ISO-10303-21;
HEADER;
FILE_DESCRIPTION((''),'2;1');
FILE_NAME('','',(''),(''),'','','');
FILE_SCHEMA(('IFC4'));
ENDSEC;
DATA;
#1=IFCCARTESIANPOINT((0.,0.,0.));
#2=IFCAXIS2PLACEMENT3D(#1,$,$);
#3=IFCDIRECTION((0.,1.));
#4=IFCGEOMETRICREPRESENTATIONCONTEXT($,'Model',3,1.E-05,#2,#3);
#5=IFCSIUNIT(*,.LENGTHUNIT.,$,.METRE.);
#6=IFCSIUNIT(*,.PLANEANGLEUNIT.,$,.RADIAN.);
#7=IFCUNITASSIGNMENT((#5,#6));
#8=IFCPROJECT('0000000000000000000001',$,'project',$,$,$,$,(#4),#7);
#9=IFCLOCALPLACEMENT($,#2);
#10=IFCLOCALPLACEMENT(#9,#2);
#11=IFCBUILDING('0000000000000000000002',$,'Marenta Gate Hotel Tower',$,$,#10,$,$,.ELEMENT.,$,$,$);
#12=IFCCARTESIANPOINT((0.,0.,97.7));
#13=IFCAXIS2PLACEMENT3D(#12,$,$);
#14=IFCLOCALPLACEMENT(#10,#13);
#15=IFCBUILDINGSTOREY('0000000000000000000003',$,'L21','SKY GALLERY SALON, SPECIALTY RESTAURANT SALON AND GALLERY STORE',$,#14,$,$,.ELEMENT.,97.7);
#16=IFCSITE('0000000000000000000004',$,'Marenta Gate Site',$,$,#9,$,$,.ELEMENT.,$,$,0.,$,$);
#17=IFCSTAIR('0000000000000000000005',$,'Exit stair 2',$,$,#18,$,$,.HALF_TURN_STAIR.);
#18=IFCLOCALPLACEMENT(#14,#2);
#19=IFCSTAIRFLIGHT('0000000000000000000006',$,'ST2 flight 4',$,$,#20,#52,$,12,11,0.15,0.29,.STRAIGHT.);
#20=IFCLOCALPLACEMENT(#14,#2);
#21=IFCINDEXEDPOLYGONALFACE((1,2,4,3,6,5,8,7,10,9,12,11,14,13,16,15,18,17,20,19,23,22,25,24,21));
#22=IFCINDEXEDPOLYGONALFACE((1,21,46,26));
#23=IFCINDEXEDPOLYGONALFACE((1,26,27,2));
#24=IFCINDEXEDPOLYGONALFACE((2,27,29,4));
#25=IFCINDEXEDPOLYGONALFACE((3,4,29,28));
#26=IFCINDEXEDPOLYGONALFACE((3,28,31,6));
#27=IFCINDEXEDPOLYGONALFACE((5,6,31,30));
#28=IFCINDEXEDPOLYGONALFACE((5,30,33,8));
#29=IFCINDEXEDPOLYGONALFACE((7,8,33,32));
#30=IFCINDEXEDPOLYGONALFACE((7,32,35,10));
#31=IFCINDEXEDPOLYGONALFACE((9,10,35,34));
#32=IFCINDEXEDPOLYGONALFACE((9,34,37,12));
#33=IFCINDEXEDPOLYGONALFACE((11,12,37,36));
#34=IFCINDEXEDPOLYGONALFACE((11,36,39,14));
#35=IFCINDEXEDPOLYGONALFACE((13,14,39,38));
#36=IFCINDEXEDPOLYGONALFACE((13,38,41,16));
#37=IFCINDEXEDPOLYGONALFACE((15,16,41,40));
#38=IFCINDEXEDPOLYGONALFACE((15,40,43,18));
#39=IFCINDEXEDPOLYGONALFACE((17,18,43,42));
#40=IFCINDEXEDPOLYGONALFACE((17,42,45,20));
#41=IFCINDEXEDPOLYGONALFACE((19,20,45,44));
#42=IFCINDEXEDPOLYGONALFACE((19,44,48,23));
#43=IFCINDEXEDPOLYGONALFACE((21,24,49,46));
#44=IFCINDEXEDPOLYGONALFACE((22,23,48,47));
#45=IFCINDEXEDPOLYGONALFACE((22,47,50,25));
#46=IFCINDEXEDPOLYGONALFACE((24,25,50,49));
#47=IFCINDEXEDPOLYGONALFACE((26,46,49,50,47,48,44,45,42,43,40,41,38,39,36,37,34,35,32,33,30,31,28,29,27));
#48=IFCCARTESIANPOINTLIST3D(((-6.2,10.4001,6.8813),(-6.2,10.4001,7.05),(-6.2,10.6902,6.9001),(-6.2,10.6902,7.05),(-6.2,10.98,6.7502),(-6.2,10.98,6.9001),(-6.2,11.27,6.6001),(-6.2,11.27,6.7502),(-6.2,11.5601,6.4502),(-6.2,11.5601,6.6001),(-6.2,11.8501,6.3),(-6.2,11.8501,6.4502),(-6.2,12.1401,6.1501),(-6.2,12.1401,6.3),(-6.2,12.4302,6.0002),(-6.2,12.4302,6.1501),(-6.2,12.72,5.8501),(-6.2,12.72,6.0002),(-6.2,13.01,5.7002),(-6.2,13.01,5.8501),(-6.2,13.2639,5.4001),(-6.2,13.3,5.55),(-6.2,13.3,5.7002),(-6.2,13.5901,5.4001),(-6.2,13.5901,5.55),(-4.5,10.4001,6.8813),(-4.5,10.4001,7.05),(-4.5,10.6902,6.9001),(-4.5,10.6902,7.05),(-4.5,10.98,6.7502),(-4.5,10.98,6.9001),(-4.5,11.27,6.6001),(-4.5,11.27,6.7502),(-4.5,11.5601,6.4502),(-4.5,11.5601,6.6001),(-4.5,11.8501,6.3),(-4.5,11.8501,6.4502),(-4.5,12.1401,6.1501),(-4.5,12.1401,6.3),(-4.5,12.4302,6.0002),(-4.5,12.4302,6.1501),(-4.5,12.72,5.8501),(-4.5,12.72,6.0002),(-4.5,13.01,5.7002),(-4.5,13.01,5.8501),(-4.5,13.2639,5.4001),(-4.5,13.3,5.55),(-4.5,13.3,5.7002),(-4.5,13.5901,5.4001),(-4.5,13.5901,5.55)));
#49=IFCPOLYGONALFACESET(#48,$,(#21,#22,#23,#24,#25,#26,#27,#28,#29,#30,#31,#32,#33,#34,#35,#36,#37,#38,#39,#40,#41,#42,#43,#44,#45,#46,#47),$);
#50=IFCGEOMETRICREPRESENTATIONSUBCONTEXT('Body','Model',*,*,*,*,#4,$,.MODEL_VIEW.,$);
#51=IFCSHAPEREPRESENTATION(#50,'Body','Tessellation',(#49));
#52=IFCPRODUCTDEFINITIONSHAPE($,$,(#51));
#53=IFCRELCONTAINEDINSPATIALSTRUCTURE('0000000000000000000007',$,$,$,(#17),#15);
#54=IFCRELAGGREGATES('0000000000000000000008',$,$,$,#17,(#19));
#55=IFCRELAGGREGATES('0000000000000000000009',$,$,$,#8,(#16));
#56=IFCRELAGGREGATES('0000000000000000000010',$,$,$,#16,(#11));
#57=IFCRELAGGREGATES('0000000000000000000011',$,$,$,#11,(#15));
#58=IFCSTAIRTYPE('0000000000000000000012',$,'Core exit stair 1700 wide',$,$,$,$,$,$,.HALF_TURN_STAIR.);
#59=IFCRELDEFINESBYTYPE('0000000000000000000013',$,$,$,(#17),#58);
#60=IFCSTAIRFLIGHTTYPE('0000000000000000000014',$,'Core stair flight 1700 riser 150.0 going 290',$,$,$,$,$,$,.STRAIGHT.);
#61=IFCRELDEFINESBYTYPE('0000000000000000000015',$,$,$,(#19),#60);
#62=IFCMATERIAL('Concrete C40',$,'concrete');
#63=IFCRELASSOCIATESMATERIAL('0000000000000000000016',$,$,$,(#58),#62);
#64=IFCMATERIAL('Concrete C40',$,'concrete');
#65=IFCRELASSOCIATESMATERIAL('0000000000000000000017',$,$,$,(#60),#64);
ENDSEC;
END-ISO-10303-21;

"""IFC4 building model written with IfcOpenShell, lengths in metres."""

from ifc_helpers import new_model, si_unit, direction, frame, origin, place, context, subcontext, project, spatial, polyline, outline, extrude, material, type_object, element, aggregate, save


model = new_model("IFC4")

# Units and contexts
model_context = context("Model", 3, precision=1e-05, world=origin(), true_north=direction((0.0, 1.0)))
body_context = subcontext(model_context, "Body", "Model", "MODEL_VIEW")
ifc_project = project(units=[si_unit("LENGTHUNIT", "METRE"), si_unit("PLANEANGLEUNIT", "RADIAN")], contexts=[model_context])

# Site, building, storey
site_placement = place(None, origin())
site = spatial("IfcSite", under=ifc_project, at=site_placement, Name="Marenta Gate Site", CompositionType="ELEMENT", RefElevation=0.0)
building_placement = place(site_placement, origin())
building = spatial("IfcBuilding", under=site, at=building_placement, Name="Marenta Gate Hotel Tower", CompositionType="ELEMENT")
storey_placement = place(building_placement, frame((0.0, 0.0, 97.7)))
storey = spatial("IfcBuildingStorey", under=building, at=storey_placement, Name="L21", Description="SKY GALLERY SALON, SPECIALTY RESTAURANT SALON AND GALLERY STORE", CompositionType="ELEMENT", Elevation=97.7)

# Stair, stair flight
ifc_material_1 = material(Name="Concrete C40", Category="concrete")
stair_type = type_object("IfcStairType", Name="Core exit stair 1700 wide", PredefinedType="HALF_TURN_STAIR", material=ifc_material_1)
stair_placement = place(storey_placement, origin())
stair = element("IfcStair", 1, at=stair_placement, inside=storey, type_object=stair_type, Name="Exit stair 2", PredefinedType="HALF_TURN_STAIR")
ifc_material_2 = material(Name="Concrete C40", Category="concrete")
stair_flight_type = type_object("IfcStairFlightType", Name="Core stair flight 1700 riser 150.0 going 290", PredefinedType="STRAIGHT", material=ifc_material_2)
stair_flight_placement = place(storey_placement, frame((-5.3501, 13.5901, 5.4001), z_axis=(0.0, 0.0, 1.0), x_axis=(0.0, -1.0, 0.0)))
stair_flight = element("IfcStairFlight", 2, at=stair_flight_placement, type_object=stair_flight_type, Name="ST2 flight 4", NumberOfRisers=12, NumberOfTreads=11, PredefinedType="STRAIGHT", RiserHeight=0.15, TreadLength=0.29, context=body_context, shape_type="SweptSolid", body=[
    extrude(outline(polyline([(0.0, 0.0), (0.0, 0.1499), (0.29, 0.1499), (0.29, 0.3), (0.5801, 0.3), (0.5801, 0.45), (0.8701, 0.45), (0.8701, 0.6001), (1.1599, 0.6001), (1.1599, 0.75), (1.45, 0.75), (1.45, 0.8999), (1.74, 0.8999), (1.74, 1.05), (2.03, 1.05), (2.03, 1.2), (2.3201, 1.2), (2.3201, 1.3501), (2.6101, 1.3501), (2.6101, 1.5), (2.8999, 1.5), (2.8999, 1.6499), (3.1899, 1.6499), (3.1899, 1.8), (3.1899, 1.4812), (0.3262, 0.0), (0.0, 0.0)])), frame((0.0, 0.8501, 0.0), z_axis=(0.0, -1.0, 0.0), x_axis=(1.0, 0.0, 0.0)), (0.0, 0.0, 1.0), 1.7),
])
aggregate(stair, [stair_flight])

save(model, "model.ifc")
